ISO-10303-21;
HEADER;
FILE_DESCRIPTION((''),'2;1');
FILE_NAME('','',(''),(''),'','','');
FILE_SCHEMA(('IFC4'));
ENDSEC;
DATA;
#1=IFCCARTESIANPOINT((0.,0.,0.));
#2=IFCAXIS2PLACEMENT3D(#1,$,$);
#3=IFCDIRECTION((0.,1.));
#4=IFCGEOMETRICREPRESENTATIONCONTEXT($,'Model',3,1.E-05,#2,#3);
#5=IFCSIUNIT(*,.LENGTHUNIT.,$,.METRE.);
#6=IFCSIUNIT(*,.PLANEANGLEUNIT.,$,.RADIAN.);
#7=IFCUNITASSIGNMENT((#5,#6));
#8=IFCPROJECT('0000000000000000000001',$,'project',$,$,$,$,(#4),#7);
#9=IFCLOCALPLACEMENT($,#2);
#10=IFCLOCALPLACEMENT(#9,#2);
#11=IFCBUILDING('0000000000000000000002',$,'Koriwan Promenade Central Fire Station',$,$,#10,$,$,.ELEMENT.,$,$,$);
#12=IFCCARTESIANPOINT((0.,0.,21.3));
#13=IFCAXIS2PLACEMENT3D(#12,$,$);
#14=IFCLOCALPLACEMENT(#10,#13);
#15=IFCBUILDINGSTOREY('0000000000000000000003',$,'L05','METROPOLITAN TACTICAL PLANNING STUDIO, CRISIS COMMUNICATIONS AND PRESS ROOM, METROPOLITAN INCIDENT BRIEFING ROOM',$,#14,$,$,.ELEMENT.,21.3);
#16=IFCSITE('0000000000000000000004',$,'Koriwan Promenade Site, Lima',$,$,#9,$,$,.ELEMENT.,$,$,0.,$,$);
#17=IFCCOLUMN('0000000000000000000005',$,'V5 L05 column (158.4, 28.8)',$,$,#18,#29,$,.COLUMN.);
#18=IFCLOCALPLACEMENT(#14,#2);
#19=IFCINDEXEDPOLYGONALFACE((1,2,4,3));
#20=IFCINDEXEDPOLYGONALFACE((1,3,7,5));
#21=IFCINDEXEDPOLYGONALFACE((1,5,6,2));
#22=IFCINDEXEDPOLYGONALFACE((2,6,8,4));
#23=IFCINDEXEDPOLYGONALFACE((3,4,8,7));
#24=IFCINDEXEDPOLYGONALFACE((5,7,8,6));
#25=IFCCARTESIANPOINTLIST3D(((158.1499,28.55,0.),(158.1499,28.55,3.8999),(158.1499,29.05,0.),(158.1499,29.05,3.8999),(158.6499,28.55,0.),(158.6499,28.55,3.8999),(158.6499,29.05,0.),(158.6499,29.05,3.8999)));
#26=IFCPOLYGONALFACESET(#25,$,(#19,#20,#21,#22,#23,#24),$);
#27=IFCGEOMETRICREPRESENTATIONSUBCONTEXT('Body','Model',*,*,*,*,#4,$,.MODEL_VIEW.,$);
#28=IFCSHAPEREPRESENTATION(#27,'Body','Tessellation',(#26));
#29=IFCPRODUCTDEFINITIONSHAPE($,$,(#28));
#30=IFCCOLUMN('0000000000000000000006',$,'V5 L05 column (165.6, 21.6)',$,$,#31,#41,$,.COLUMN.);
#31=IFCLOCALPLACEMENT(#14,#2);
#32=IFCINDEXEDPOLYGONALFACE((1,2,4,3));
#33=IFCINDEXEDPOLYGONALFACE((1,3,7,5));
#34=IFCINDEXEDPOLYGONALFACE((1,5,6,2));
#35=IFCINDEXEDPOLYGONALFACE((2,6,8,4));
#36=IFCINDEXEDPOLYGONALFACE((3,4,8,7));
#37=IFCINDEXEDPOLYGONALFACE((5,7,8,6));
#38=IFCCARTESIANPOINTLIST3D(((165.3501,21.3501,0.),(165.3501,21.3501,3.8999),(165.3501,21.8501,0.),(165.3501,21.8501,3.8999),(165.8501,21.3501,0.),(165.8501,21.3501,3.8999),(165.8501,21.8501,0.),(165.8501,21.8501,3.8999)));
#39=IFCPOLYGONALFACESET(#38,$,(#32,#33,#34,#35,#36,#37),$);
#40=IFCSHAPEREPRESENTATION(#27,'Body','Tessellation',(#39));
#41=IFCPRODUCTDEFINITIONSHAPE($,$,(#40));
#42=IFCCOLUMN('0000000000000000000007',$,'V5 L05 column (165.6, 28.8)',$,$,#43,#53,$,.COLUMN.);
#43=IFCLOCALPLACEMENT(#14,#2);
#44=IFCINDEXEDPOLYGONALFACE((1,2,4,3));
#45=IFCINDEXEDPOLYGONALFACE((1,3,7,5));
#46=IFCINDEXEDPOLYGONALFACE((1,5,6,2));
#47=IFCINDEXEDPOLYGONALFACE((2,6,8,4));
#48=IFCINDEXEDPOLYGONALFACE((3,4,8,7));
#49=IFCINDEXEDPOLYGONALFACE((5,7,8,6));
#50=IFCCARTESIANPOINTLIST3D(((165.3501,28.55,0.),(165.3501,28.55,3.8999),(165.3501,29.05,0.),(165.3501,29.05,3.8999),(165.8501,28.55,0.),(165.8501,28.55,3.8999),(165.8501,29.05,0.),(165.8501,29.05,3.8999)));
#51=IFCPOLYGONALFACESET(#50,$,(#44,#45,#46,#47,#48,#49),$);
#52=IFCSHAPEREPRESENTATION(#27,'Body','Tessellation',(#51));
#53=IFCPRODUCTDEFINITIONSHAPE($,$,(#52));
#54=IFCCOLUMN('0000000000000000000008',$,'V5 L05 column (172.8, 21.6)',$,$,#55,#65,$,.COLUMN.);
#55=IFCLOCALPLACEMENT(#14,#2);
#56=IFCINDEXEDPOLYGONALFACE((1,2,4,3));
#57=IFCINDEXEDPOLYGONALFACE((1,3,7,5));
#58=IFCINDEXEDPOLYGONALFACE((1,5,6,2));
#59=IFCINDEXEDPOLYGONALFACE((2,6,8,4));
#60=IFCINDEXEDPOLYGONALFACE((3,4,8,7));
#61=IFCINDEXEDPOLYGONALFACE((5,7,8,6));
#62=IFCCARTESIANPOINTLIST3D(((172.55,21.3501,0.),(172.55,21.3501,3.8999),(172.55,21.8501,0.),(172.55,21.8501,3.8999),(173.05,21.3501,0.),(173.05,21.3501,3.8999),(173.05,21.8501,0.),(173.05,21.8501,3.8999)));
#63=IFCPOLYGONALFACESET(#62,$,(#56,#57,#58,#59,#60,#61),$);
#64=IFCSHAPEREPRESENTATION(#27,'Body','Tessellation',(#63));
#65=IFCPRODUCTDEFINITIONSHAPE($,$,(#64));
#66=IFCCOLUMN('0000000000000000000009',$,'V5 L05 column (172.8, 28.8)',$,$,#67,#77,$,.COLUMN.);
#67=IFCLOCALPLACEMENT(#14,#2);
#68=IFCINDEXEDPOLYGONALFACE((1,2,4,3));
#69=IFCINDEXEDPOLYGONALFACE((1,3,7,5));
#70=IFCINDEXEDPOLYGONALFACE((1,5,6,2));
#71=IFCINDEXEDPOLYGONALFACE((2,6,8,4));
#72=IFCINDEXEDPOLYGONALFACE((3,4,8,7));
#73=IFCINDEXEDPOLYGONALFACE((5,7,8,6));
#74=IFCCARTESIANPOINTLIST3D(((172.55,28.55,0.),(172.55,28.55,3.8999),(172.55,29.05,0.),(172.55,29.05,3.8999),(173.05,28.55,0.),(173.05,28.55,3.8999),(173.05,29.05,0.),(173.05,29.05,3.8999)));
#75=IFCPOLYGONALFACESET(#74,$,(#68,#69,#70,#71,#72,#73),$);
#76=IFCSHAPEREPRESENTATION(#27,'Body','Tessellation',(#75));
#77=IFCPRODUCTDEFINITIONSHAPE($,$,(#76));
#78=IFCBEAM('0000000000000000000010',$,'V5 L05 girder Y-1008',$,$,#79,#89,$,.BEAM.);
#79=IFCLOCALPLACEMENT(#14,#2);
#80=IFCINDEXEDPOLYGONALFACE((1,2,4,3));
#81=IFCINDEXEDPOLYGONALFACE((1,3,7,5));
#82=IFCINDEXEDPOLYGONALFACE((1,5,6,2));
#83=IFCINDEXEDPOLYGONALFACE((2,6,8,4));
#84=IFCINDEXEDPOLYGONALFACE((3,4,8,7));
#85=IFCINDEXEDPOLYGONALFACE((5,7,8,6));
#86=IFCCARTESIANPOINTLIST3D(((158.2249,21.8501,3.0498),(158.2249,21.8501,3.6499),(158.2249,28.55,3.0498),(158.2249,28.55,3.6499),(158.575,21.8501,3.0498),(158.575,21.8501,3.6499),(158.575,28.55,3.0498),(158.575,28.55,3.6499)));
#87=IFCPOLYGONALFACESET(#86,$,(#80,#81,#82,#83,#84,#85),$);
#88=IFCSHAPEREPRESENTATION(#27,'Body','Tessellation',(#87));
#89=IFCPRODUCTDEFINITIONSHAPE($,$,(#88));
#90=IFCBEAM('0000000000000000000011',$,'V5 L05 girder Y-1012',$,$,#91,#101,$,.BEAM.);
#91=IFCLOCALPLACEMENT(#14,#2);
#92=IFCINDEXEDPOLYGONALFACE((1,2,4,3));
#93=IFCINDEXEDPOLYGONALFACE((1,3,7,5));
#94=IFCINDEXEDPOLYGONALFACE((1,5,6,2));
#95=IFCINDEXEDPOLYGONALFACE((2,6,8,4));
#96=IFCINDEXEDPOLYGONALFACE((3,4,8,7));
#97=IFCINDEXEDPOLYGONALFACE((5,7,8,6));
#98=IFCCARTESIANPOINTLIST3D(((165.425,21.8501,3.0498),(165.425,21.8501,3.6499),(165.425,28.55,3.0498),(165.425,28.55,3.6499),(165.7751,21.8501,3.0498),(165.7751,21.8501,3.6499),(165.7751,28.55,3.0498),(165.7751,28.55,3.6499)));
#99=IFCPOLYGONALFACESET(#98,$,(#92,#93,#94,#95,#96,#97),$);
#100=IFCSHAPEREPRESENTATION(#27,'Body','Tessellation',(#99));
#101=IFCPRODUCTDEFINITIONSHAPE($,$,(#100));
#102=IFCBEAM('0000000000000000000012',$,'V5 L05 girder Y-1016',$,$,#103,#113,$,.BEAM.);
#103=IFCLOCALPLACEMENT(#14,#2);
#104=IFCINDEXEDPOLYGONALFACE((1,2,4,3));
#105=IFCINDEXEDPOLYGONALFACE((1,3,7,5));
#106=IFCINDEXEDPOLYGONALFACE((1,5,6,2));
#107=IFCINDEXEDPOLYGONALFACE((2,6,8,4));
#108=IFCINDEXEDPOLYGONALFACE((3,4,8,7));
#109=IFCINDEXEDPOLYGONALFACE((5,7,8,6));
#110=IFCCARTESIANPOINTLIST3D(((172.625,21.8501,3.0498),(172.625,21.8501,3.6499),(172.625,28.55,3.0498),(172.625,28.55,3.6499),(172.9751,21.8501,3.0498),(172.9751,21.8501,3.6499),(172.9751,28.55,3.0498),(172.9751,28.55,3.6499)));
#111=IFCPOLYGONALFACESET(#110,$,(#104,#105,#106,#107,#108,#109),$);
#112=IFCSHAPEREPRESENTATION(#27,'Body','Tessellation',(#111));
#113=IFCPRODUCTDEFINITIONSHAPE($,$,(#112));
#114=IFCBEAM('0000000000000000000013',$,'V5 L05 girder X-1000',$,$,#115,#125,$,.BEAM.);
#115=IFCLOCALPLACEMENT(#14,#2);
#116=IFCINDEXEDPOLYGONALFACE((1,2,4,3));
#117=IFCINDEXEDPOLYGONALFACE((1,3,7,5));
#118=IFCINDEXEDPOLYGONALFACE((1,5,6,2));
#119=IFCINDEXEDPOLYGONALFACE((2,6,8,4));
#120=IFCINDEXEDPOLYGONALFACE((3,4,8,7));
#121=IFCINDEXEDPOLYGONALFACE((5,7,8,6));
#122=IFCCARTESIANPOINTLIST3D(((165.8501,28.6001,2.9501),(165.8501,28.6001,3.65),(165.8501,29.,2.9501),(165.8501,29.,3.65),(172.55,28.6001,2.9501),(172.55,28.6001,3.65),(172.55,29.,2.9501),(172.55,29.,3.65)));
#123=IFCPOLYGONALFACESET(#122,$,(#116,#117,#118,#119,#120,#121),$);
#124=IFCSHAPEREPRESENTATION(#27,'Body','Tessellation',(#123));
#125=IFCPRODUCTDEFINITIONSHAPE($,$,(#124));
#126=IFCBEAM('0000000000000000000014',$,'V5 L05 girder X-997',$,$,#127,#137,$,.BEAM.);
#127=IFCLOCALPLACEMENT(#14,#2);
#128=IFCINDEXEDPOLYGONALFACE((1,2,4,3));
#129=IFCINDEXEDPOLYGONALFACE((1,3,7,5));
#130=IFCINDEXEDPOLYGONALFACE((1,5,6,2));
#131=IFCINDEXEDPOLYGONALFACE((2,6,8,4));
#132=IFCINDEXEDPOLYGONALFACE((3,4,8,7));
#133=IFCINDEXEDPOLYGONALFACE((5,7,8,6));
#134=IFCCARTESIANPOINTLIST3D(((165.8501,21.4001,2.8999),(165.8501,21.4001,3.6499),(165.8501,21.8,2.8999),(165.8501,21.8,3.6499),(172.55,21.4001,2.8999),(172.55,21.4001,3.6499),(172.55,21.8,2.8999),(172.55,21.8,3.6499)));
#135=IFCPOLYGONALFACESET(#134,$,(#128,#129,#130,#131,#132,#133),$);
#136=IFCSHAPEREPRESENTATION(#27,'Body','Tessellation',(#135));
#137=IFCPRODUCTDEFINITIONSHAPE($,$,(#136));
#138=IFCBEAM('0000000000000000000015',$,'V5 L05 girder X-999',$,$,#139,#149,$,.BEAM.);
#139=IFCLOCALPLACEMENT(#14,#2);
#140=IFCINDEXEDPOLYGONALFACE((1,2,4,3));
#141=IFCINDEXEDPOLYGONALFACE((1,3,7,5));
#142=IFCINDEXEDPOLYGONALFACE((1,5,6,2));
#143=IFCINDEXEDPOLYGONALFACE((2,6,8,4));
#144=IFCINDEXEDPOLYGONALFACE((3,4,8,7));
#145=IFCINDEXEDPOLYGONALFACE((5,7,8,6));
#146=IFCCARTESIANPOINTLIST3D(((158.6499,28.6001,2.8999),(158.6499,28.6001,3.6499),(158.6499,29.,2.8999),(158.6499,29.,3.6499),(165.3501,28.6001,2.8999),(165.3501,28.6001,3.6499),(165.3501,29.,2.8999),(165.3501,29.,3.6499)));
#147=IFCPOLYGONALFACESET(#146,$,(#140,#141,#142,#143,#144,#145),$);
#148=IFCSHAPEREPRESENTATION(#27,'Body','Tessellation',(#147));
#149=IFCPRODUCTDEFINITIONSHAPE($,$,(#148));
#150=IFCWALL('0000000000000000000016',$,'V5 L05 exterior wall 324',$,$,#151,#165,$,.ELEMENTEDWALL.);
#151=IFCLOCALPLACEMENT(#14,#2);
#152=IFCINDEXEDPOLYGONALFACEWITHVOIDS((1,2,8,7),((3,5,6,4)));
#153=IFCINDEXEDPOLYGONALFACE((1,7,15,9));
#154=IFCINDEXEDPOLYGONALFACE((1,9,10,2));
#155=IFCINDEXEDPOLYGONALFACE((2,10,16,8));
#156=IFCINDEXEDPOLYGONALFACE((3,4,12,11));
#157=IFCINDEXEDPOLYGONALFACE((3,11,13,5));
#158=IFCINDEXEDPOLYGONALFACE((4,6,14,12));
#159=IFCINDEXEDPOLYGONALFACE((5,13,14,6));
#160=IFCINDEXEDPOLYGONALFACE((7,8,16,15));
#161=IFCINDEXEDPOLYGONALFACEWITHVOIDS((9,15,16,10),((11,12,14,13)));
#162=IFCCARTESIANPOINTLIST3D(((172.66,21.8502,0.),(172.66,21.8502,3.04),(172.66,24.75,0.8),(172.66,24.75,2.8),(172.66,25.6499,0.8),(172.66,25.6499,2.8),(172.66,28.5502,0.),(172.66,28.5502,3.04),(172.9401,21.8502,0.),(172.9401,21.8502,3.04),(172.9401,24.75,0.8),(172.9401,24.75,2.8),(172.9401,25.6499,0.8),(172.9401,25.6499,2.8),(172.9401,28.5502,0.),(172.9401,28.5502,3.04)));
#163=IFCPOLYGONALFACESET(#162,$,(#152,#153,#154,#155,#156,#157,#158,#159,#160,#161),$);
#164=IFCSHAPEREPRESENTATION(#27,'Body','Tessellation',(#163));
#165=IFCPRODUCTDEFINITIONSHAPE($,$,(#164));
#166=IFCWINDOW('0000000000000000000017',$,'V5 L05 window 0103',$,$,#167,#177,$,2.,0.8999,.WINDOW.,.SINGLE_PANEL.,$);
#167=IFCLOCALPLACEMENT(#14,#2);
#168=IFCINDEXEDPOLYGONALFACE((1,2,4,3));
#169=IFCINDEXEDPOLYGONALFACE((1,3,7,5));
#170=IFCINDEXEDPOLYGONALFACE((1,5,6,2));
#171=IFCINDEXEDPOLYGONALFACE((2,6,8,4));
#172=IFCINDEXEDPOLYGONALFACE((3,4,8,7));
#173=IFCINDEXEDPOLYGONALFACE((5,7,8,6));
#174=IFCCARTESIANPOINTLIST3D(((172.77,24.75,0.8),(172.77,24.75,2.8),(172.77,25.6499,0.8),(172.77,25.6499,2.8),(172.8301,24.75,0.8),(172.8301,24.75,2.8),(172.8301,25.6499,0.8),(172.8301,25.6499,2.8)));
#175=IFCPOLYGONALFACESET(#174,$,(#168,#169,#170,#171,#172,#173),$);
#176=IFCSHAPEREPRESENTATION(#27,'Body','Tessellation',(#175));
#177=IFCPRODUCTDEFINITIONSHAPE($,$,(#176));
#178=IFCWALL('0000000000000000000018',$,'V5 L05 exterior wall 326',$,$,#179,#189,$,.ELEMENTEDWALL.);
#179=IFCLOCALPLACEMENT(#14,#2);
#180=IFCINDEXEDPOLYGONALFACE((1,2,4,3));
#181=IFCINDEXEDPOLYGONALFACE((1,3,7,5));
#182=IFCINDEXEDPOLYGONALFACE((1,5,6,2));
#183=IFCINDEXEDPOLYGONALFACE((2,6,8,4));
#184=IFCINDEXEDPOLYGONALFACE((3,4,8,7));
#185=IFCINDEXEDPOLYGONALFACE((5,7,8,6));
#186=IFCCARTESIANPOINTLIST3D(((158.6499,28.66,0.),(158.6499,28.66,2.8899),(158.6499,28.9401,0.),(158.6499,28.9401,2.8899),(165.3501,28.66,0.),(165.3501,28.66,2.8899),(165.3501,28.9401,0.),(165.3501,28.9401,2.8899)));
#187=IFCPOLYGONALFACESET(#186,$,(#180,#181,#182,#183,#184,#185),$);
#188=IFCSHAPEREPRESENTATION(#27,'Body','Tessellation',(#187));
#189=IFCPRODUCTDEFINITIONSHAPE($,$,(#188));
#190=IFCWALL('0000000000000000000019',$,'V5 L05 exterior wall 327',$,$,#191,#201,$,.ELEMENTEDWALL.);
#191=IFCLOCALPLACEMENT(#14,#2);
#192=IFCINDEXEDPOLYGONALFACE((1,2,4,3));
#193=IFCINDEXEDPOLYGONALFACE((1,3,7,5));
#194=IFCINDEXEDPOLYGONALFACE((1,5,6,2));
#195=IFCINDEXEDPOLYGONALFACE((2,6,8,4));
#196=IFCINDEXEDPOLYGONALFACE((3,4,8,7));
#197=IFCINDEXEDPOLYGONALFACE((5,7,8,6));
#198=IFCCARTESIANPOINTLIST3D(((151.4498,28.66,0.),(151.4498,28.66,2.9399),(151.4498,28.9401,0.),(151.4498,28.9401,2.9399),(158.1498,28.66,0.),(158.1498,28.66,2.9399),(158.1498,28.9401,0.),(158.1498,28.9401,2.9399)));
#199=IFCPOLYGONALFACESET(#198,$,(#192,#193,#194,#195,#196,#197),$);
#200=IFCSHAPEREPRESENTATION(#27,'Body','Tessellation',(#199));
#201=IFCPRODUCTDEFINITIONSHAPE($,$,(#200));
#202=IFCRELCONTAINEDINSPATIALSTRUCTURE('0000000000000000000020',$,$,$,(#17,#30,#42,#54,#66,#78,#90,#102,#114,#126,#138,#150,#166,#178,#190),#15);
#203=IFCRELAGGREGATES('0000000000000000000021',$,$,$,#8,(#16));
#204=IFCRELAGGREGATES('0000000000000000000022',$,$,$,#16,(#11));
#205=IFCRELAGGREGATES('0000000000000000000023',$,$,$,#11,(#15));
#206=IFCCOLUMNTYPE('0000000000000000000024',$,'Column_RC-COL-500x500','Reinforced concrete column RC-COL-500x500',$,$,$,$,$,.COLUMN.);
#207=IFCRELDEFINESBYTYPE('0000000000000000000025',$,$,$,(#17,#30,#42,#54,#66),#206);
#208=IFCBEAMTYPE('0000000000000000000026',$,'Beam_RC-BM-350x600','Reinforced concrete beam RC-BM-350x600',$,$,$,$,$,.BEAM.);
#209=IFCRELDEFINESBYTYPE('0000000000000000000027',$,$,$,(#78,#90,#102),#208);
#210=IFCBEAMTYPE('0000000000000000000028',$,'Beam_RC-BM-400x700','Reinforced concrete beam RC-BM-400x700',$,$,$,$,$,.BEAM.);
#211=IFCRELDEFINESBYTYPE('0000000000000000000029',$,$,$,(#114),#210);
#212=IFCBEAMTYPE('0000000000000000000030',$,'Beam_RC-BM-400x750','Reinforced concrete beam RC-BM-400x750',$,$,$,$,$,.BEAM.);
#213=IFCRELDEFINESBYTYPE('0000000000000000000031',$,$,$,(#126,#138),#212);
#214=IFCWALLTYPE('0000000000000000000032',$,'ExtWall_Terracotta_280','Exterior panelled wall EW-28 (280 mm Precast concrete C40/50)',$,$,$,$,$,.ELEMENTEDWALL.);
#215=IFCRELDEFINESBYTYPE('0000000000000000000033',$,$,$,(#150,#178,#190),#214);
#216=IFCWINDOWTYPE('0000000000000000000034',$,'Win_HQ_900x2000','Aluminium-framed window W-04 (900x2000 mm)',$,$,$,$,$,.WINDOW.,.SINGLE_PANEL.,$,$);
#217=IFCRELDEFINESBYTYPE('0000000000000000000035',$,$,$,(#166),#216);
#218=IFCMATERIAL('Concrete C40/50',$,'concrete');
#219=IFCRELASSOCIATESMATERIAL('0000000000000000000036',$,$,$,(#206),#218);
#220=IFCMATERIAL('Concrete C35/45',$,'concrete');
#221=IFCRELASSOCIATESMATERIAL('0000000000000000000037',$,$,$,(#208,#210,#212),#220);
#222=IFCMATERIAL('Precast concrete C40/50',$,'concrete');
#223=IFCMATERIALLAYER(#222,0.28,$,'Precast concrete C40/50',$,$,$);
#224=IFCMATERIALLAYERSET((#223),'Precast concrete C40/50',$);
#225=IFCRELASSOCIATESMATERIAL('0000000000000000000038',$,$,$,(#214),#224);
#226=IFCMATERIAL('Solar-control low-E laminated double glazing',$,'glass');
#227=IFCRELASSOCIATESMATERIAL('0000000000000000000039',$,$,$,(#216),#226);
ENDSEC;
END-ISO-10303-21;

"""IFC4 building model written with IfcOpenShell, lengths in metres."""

from ifc_helpers import new_model, si_unit, direction, frame, frame_2d, origin, origin_2d, place, context, subcontext, project, spatial, rectangle, extrude, material, layer, layer_set, material_profile, profile_set, type_object, element, fill, save


model = new_model("IFC4")

# Units and contexts
model_context = context("Model", 3, precision=1e-05, world=origin(), true_north=direction((0.0, 1.0)))
body_context = subcontext(model_context, "Body", "Model", "MODEL_VIEW")
ifc_project = project(units=[si_unit("LENGTHUNIT", "METRE"), si_unit("PLANEANGLEUNIT", "RADIAN")], contexts=[model_context])

# Site, building, storey
site_placement = place(None, origin())
site = spatial("IfcSite", under=ifc_project, at=site_placement, Name="Koriwan Promenade Site, Lima", CompositionType="ELEMENT", RefElevation=0.0)
building_placement = place(site_placement, origin())
building = spatial("IfcBuilding", under=site, at=building_placement, Name="Koriwan Promenade Central Fire Station", CompositionType="ELEMENT")
storey_placement = place(building_placement, frame((0.0, 0.0, 21.3)))
storey = spatial("IfcBuildingStorey", under=building, at=storey_placement, Name="L05", Description="METROPOLITAN TACTICAL PLANNING STUDIO, CRISIS COMMUNICATIONS AND PRESS ROOM, METROPOLITAN INCIDENT BRIEFING ROOM", CompositionType="ELEMENT", Elevation=21.3)

# Columns
ifc_material_1 = material(Name="Concrete C40/50", Category="concrete")
ifc_material_profile_1 = material_profile(ifc_material_1, rectangle(XDim=0.5, YDim=0.5, at=origin_2d()), Name="RC-COL-500x500")
ifc_profile_set_1 = profile_set([ifc_material_profile_1], Name="Concrete C40/50")
column_type = type_object("IfcColumnType", Name="Column_RC-COL-500x500", Description="Reinforced concrete column RC-COL-500x500", PredefinedType="COLUMN", material=ifc_profile_set_1)
for number, where, z_axis, x_axis, name in (
    (1, (158.3999, 28.8, 0.0), (0.0, 0.0, 1.0), (1.0, 0.0, 0.0), "V5 L05 column (158.4, 28.8)"),
    (2, (165.6001, 21.6001, 0.0), (0.0, 0.0, 1.0), (1.0, 0.0, 0.0), "V5 L05 column (165.6, 21.6)"),
    (3, (165.6001, 28.8, 0.0), (0.0, 0.0, 1.0), (1.0, 0.0, 0.0), "V5 L05 column (165.6, 28.8)"),
    (4, (172.8, 21.6001, 0.0), (0.0, 0.0, 1.0), (1.0, 0.0, 0.0), "V5 L05 column (172.8, 21.6)"),
    (5, (172.8, 28.8, 0.0), (0.0, 0.0, 1.0), (1.0, 0.0, 0.0), "V5 L05 column (172.8, 28.8)"),
):
    element("IfcColumn", number, at=place(storey_placement, frame(where, z_axis=z_axis, x_axis=x_axis)), inside=storey, type_object=column_type, Name=name, PredefinedType="COLUMN", context=body_context, shape_type="SweptSolid", body=[
        extrude(rectangle(XDim=0.5, YDim=0.5, at=origin_2d()), origin(), (0.0, 0.0, 1.0), 3.8999),
    ])

# Beams
ifc_material_2 = material(Name="Concrete C35/45", Category="concrete")
ifc_material_profile_2 = material_profile(ifc_material_2, rectangle(XDim=0.3501, YDim=0.6001, at=origin_2d()), Name="RC-BM-350x600")
ifc_profile_set_2 = profile_set([ifc_material_profile_2], Name="Concrete C35/45")
beam_type_1 = type_object("IfcBeamType", Name="Beam_RC-BM-350x600", Description="Reinforced concrete beam RC-BM-350x600", PredefinedType="BEAM", material=ifc_profile_set_2)
for number, where, z_axis, x_axis, name in (
    (6, (158.3999, 21.8501, 3.3499), (0.0, 1.0, 0.0), (-1.0, 0.0, 0.0), "V5 L05 girder Y-1008"),
    (7, (165.6001, 21.8501, 3.3499), (0.0, 1.0, 0.0), (-1.0, 0.0, 0.0), "V5 L05 girder Y-1012"),
    (8, (172.8, 21.8501, 3.3499), (0.0, 1.0, 0.0), (-1.0, 0.0, 0.0), "V5 L05 girder Y-1016"),
):
    element("IfcBeam", number, at=place(storey_placement, frame(where, z_axis=z_axis, x_axis=x_axis)), inside=storey, type_object=beam_type_1, Name=name, PredefinedType="BEAM", context=body_context, shape_type="SweptSolid", body=[
        extrude(rectangle(XDim=0.3501, YDim=0.6001, at=origin_2d()), origin(), (0.0, 0.0, 1.0), 6.7),
    ])
ifc_material_profile_3 = material_profile(ifc_material_2, rectangle(XDim=0.3999, YDim=0.7, at=origin_2d()), Name="RC-BM-400x700")
ifc_profile_set_3 = profile_set([ifc_material_profile_3], Name="Concrete C35/45")
beam_type_2 = type_object("IfcBeamType", Name="Beam_RC-BM-400x700", Description="Reinforced concrete beam RC-BM-400x700", PredefinedType="BEAM", material=ifc_profile_set_3)
beam_1_placement = place(storey_placement, frame((165.8501, 28.8, 3.3), z_axis=(1.0, 0.0, 0.0), x_axis=(0.0, 1.0, 0.0)))
element("IfcBeam", 9, at=beam_1_placement, inside=storey, type_object=beam_type_2, Name="V5 L05 girder X-1000", PredefinedType="BEAM", context=body_context, shape_type="SweptSolid", body=[
    extrude(rectangle(XDim=0.3999, YDim=0.7, at=origin_2d()), origin(), (0.0, 0.0, 1.0), 6.7),
])
ifc_material_profile_4 = material_profile(ifc_material_2, rectangle(XDim=0.3999, YDim=0.75, at=origin_2d()), Name="RC-BM-400x750")
ifc_profile_set_4 = profile_set([ifc_material_profile_4], Name="Concrete C35/45")
beam_type_3 = type_object("IfcBeamType", Name="Beam_RC-BM-400x750", Description="Reinforced concrete beam RC-BM-400x750", PredefinedType="BEAM", material=ifc_profile_set_4)
beam_2_placement = place(storey_placement, frame((165.8501, 21.6001, 3.2749), z_axis=(1.0, 0.0, 0.0), x_axis=(0.0, 1.0, 0.0)))
element("IfcBeam", 10, at=beam_2_placement, inside=storey, type_object=beam_type_3, Name="V5 L05 girder X-997", PredefinedType="BEAM", context=body_context, shape_type="SweptSolid", body=[
    extrude(rectangle(XDim=0.3999, YDim=0.75, at=origin_2d()), origin(), (0.0, 0.0, 1.0), 6.7),
])
beam_3_placement = place(storey_placement, frame((158.6499, 28.8, 3.2749), z_axis=(1.0, 0.0, 0.0), x_axis=(0.0, 1.0, 0.0)))
element("IfcBeam", 11, at=beam_3_placement, inside=storey, type_object=beam_type_3, Name="V5 L05 girder X-999", PredefinedType="BEAM", context=body_context, shape_type="SweptSolid", body=[
    extrude(rectangle(XDim=0.3999, YDim=0.75, at=origin_2d()), origin(), (0.0, 0.0, 1.0), 6.7002),
])

# Wall, opening, window
ifc_material_3 = material(Name="Precast concrete C40/50", Category="concrete")
ifc_layer_1 = layer(ifc_material_3, 0.28, Name="Precast concrete C40/50")
ifc_layer_set_1 = layer_set([ifc_layer_1], Name="Precast concrete C40/50")
wall_type_1 = type_object("IfcWallType", Name="ExtWall_Terracotta_280", Description="Exterior panelled wall EW-28 (280 mm Precast concrete C40/50)", PredefinedType="ELEMENTEDWALL", material=ifc_layer_set_1)
wall_1_placement = place(storey_placement, frame((172.8, 21.8501, 0.0), z_axis=(0.0, 0.0, 1.0), x_axis=(0.0, 1.0, 0.0)))
wall_1 = element("IfcWall", 12, at=wall_1_placement, inside=storey, type_object=wall_type_1, Name="V5 L05 exterior wall 324", PredefinedType="ELEMENTEDWALL", context=body_context, shape_type="SweptSolid", body=[
    extrude(rectangle(XDim=6.7, YDim=0.28, at=frame_2d((3.3501, 0.0))), origin(), (0.0, 0.0, 1.0), 3.04),
])
opening_1_placement = place(wall_1_placement, frame((2.8999, 0.0, 0.8)))
opening_1 = element("IfcOpeningElement", 13, at=opening_1_placement, cuts=wall_1, PredefinedType="OPENING", context=body_context, shape_type="SweptSolid", body=[
    extrude(rectangle(XDim=0.8999, YDim=2.0, at=frame_2d((0.45, 1.0))), frame((0.0, 0.1519, 0.0), z_axis=(0.0, -1.0, 0.0), x_axis=(1.0, 0.0, 0.0)), (0.0, 0.0, 1.0), 0.304),
])
ifc_material_4 = material(Name="Solar-control low-E laminated double glazing", Category="glass")
window_type = type_object("IfcWindowType", Name="Win_HQ_900x2000", Description="Aluminium-framed window W-04 (900x2000 mm)", PartitioningType="SINGLE_PANEL", PredefinedType="WINDOW", material=ifc_material_4)
window_placement = place(opening_1_placement, origin())
window = element("IfcWindow", 14, at=window_placement, inside=storey, type_object=window_type, Name="V5 L05 window 0103", OverallHeight=2.0, OverallWidth=0.8999, PartitioningType="SINGLE_PANEL", PredefinedType="WINDOW", context=body_context, shape_type="SweptSolid", body=[
    extrude(rectangle(XDim=0.8999, YDim=2.0, at=frame_2d((0.45, 1.0))), frame((0.0, 0.03, 0.0), z_axis=(0.0, -1.0, 0.0), x_axis=(1.0, 0.0, 0.0)), (0.0, 0.0, 1.0), 0.0601),
])
fill(opening_1, window)

# Walls
wall_2_placement = place(storey_placement, frame((165.3501, 28.8, 0.0), z_axis=(0.0, 0.0, 1.0), x_axis=(-1.0, 0.0, 0.0)))
element("IfcWall", 15, at=wall_2_placement, inside=storey, type_object=wall_type_1, Name="V5 L05 exterior wall 326", PredefinedType="ELEMENTEDWALL", context=body_context, shape_type="SweptSolid", body=[
    extrude(rectangle(XDim=6.7002, YDim=0.28, at=frame_2d((3.3501, 0.0))), origin(), (0.0, 0.0, 1.0), 2.8899),
])
wall_3_placement = place(storey_placement, frame((158.1499, 28.8, 0.0), z_axis=(0.0, 0.0, 1.0), x_axis=(-1.0, 0.0, 0.0)))
element("IfcWall", 16, at=wall_3_placement, inside=storey, type_object=wall_type_1, Name="V5 L05 exterior wall 327", PredefinedType="ELEMENTEDWALL", context=body_context, shape_type="SweptSolid", body=[
    extrude(rectangle(XDim=6.7, YDim=0.28, at=frame_2d((3.3501, 0.0))), origin(), (0.0, 0.0, 1.0), 2.9399),
])

save(model, "model.ifc")
